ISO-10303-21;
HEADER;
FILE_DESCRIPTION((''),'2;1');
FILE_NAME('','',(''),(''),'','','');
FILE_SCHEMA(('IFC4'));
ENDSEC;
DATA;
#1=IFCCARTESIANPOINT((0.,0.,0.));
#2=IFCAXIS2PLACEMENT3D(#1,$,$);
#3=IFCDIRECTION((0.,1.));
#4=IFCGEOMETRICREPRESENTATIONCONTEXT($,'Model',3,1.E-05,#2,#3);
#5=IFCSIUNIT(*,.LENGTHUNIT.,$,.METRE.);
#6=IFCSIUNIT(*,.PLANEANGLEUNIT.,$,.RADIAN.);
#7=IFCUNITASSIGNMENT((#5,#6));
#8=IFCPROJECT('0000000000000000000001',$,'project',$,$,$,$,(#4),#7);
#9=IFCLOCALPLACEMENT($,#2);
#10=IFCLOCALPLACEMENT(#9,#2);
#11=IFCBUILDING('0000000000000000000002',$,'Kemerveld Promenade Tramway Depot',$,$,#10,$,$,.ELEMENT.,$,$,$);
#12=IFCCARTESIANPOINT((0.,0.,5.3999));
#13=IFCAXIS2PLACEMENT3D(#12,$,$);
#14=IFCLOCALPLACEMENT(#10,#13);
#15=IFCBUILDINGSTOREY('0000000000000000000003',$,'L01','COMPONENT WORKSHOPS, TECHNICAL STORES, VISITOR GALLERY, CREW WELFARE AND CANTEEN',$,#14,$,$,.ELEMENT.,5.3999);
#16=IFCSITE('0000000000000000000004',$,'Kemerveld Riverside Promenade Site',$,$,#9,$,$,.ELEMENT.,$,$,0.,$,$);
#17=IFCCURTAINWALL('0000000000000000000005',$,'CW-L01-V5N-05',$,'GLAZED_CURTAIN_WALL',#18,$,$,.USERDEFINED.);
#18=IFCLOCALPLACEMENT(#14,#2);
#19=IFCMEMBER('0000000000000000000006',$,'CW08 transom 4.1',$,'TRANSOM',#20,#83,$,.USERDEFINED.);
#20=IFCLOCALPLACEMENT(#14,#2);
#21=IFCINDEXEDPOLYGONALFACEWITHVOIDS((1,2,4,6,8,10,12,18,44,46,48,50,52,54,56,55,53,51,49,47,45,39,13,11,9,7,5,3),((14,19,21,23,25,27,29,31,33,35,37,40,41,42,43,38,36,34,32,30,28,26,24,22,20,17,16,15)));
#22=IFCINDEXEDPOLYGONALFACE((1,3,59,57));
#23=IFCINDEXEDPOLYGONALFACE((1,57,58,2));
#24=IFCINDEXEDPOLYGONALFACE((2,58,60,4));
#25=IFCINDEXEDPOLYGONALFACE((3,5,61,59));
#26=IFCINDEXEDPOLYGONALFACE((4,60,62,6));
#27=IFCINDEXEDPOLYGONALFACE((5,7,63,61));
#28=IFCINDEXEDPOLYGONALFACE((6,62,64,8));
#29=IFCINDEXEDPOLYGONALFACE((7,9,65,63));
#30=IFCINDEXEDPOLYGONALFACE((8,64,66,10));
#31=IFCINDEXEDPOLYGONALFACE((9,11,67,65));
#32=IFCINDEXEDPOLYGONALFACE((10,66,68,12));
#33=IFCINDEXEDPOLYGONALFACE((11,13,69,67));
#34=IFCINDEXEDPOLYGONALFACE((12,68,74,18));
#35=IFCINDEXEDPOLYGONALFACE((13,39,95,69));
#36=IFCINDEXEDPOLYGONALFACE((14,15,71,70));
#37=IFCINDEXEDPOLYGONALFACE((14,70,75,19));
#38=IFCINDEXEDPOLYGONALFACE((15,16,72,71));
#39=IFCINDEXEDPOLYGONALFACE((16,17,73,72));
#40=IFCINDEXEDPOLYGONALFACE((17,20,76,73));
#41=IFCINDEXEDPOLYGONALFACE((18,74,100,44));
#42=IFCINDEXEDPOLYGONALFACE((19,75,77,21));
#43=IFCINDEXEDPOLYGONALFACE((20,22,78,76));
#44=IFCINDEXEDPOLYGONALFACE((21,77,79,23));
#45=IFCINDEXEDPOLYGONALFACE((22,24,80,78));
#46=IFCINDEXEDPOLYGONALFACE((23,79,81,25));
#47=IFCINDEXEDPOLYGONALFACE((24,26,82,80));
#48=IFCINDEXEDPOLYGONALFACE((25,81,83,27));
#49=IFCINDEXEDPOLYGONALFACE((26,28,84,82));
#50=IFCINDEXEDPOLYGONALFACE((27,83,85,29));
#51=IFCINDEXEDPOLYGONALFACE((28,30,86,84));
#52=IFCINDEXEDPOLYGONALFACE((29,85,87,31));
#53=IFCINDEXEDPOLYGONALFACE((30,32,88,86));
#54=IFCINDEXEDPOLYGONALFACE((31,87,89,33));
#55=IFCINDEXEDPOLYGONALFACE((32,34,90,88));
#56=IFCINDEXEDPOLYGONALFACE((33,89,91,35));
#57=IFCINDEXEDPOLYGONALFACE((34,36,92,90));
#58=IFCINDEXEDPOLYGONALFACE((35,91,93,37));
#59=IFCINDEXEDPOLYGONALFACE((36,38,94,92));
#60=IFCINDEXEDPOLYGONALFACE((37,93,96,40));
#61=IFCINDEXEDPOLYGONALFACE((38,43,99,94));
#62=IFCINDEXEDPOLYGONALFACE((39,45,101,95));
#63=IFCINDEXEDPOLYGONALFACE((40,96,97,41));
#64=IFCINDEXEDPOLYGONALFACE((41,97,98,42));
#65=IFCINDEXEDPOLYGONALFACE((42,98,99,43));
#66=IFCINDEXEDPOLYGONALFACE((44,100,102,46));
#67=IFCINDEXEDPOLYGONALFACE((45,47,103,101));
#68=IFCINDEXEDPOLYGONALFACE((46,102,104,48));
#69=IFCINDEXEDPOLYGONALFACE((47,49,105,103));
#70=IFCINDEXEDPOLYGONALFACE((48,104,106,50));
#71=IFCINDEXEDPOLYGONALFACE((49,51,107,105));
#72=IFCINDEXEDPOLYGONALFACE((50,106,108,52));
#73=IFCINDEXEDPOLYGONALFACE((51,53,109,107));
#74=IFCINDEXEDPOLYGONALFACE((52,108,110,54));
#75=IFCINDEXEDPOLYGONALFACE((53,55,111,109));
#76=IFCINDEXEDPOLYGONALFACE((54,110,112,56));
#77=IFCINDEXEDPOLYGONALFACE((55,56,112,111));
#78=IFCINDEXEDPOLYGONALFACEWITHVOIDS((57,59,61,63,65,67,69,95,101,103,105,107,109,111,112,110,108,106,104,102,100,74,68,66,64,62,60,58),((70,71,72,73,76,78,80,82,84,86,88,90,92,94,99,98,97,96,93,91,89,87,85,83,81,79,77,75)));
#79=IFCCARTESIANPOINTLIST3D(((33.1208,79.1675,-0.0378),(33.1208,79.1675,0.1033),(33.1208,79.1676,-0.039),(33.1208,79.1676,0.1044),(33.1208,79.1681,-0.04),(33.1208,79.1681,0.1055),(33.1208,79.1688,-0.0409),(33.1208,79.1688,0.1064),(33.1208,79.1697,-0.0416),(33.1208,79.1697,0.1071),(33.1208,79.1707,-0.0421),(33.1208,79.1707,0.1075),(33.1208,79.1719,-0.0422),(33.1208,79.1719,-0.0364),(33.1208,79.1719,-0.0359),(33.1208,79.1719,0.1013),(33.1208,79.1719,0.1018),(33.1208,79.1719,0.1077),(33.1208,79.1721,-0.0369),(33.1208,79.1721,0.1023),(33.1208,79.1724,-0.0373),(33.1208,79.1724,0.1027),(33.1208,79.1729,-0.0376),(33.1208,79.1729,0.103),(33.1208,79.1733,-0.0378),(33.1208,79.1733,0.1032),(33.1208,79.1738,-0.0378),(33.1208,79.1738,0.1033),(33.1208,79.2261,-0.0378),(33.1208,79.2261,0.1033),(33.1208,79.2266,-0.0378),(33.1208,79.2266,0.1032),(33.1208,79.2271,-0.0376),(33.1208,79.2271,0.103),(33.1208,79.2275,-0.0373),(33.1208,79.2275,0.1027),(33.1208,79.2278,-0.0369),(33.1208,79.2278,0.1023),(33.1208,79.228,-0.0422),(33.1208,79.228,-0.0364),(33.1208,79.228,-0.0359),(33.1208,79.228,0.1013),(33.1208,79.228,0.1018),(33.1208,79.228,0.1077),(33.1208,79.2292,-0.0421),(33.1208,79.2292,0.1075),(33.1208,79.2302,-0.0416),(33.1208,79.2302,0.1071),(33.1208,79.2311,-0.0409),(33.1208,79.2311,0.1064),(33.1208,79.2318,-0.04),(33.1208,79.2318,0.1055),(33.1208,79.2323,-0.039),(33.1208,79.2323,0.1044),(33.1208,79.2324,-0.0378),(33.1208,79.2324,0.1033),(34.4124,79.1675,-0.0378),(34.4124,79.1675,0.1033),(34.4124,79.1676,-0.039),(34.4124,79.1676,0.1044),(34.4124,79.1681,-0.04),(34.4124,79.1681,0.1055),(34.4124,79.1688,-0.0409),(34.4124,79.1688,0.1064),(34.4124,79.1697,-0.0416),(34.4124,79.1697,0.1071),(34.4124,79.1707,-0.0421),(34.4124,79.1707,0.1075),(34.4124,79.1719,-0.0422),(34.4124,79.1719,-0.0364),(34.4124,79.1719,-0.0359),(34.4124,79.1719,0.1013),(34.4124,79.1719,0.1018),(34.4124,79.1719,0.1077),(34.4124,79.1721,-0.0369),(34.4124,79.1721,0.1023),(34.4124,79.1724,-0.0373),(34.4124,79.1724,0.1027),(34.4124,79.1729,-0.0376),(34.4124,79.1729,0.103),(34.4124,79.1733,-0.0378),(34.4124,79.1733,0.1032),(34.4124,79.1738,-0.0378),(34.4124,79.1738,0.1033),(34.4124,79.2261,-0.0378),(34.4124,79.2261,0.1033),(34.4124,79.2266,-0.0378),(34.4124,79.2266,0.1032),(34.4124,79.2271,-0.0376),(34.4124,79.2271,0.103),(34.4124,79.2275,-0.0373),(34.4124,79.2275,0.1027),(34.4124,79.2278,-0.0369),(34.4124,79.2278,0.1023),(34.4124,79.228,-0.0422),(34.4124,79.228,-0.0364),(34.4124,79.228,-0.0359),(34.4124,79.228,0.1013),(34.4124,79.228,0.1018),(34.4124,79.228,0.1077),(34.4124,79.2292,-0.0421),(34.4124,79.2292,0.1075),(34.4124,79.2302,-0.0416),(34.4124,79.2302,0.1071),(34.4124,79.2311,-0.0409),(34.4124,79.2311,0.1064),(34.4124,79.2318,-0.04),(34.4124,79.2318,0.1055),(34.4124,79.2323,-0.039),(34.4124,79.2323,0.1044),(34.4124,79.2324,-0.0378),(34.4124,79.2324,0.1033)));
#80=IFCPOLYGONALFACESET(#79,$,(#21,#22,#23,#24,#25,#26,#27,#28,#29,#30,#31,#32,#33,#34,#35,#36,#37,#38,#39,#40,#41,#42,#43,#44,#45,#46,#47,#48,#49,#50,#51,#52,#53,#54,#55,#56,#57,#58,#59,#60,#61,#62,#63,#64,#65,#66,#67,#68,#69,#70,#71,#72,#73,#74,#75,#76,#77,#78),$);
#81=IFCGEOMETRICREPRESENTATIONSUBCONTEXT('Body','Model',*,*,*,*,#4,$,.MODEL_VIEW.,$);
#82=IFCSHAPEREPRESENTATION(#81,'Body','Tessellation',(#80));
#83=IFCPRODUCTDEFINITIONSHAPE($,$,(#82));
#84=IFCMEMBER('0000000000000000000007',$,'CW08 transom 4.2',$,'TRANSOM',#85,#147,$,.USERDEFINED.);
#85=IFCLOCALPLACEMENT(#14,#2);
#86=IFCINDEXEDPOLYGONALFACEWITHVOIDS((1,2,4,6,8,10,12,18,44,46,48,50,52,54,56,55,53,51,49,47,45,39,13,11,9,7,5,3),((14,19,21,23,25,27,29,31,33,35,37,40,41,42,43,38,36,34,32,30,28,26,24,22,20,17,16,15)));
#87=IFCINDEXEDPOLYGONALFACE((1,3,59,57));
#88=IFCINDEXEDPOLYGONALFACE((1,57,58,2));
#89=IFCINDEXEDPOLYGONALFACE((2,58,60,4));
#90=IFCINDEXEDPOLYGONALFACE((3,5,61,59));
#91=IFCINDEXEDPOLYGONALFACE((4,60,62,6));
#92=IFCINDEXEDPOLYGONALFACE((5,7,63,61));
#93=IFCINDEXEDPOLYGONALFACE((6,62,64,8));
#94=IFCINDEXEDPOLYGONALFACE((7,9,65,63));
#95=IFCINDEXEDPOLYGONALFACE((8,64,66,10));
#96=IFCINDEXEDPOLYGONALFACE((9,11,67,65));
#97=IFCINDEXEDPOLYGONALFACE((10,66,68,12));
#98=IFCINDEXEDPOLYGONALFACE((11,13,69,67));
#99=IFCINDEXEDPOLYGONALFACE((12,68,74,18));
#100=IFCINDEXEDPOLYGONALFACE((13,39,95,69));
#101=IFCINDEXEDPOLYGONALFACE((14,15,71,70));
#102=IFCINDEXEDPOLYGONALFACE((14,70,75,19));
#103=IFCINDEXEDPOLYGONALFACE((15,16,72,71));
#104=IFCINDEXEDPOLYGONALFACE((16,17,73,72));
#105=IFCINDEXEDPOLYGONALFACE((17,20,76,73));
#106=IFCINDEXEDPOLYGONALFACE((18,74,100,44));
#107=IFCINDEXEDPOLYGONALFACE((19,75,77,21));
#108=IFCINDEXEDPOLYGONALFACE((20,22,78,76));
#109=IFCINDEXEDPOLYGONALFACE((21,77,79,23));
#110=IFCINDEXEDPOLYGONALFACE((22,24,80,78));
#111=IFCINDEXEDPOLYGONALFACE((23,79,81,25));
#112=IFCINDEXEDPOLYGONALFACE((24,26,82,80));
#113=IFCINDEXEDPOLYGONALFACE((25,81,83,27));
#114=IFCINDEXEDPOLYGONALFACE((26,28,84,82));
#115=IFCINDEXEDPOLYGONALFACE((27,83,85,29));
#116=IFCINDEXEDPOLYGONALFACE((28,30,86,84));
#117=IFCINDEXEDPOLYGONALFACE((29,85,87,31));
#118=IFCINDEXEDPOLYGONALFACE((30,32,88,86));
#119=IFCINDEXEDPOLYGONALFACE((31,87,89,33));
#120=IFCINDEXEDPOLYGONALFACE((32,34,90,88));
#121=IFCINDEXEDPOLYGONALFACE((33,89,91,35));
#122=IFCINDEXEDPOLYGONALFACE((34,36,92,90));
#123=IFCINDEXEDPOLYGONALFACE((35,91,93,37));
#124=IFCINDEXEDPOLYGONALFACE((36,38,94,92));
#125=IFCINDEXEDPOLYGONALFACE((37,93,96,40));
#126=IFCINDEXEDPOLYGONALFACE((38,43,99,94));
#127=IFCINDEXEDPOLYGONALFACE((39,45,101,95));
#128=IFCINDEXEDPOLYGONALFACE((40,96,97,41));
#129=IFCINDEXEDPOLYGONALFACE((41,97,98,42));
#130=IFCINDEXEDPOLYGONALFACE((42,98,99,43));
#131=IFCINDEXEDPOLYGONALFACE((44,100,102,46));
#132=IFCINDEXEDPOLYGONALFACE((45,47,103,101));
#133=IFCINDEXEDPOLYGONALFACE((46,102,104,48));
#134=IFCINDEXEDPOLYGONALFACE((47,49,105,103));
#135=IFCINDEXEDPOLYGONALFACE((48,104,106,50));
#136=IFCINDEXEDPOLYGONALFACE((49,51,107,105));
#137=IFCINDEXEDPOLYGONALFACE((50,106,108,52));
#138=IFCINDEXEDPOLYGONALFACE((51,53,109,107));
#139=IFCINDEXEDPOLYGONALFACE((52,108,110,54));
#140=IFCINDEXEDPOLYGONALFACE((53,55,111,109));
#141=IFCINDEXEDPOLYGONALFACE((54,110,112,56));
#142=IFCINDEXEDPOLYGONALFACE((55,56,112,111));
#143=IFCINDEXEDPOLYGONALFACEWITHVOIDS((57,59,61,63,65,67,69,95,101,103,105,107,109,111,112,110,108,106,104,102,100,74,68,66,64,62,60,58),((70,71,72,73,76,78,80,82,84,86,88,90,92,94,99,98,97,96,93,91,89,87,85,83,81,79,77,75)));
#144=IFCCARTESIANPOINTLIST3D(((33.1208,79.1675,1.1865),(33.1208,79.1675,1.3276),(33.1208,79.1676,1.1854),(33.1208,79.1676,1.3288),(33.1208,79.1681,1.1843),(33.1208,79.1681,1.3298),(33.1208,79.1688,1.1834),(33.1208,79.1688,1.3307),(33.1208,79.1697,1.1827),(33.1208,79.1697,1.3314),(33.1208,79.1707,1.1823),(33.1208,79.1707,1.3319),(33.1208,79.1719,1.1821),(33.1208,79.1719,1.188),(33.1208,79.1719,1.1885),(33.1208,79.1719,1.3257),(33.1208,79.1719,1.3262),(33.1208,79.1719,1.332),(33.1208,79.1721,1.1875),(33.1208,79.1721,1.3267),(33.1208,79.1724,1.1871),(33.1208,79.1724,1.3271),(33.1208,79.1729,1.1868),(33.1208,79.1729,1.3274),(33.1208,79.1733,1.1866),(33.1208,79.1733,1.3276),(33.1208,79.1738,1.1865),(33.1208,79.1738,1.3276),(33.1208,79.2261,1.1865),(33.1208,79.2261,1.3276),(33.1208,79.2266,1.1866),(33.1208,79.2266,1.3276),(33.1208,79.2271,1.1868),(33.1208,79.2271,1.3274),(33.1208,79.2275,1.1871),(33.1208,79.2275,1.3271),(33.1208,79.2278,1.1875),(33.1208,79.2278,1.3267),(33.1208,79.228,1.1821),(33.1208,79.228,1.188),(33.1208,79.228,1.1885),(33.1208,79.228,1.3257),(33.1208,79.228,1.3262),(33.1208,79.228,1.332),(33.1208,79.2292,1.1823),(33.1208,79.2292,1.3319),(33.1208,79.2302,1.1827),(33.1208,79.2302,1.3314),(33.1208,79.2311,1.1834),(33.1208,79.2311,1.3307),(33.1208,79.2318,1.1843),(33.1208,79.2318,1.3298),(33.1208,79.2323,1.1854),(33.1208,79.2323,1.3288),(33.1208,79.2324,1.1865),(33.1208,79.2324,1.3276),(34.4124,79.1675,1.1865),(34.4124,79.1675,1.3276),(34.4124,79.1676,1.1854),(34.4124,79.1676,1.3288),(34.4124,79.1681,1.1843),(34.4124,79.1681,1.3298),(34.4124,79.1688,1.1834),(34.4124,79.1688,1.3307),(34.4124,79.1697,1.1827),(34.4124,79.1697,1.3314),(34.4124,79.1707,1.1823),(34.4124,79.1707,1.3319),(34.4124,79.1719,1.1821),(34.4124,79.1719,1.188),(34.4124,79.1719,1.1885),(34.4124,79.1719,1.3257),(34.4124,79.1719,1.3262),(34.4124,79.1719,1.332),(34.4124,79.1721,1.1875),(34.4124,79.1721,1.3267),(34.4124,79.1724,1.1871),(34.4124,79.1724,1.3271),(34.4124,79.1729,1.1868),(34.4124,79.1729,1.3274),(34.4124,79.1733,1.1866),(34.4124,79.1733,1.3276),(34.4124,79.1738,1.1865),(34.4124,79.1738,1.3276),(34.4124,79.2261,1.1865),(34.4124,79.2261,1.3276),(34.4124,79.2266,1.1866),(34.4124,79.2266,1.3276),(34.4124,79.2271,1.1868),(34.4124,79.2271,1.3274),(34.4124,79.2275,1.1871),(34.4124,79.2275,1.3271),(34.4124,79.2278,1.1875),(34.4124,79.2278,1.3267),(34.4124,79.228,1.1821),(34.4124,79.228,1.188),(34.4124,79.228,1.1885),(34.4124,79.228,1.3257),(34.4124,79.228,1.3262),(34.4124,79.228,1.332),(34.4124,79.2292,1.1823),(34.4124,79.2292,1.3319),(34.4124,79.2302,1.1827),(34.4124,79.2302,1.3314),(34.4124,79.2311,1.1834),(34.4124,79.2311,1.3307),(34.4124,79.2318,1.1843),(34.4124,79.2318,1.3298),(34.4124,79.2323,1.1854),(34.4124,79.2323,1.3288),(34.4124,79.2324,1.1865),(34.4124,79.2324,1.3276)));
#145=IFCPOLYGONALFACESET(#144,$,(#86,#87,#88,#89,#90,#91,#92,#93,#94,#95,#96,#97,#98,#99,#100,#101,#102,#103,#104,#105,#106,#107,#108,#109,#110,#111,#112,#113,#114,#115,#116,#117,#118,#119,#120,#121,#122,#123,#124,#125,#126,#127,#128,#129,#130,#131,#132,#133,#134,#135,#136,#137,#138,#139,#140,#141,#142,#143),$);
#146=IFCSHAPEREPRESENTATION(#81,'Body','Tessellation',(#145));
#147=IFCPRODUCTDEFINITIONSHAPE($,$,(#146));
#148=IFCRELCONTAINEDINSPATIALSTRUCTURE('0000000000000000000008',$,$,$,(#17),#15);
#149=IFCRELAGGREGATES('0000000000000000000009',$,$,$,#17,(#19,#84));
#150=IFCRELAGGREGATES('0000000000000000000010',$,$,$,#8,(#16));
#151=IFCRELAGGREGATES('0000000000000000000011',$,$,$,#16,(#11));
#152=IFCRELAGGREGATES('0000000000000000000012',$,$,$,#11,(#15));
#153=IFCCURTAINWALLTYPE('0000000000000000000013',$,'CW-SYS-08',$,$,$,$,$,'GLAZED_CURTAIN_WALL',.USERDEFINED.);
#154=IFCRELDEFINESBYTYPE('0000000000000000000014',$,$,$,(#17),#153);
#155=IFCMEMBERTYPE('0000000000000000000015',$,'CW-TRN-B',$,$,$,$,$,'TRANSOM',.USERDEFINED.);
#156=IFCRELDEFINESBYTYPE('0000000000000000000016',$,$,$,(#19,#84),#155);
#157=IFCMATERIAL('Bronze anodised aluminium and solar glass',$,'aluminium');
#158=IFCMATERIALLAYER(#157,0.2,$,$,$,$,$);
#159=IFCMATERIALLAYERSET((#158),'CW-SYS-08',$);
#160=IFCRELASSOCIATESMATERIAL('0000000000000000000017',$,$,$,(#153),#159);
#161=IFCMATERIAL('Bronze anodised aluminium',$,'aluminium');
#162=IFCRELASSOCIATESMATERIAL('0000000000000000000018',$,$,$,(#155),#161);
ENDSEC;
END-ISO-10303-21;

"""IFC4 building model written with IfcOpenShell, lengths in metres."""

from ifc_helpers import new_model, si_unit, direction, frame, origin, origin_2d, place, context, subcontext, project, spatial, hollow_rectangle, extrude, material, layer, layer_set, material_profile, profile_set, type_object, element, aggregate, save


model = new_model("IFC4")

# Units and contexts
model_context = context("Model", 3, precision=1e-05, world=origin(), true_north=direction((0.0, 1.0)))
body_context = subcontext(model_context, "Body", "Model", "MODEL_VIEW")
ifc_project = project(units=[si_unit("LENGTHUNIT", "METRE"), si_unit("PLANEANGLEUNIT", "RADIAN")], contexts=[model_context])

# Site, building, storey
site_placement = place(None, origin())
site = spatial("IfcSite", under=ifc_project, at=site_placement, Name="Kemerveld Riverside Promenade Site", CompositionType="ELEMENT", RefElevation=0.0)
building_placement = place(site_placement, origin())
building = spatial("IfcBuilding", under=site, at=building_placement, Name="Kemerveld Promenade Tramway Depot", CompositionType="ELEMENT")
storey_placement = place(building_placement, frame((0.0, 0.0, 5.3999)))
storey = spatial("IfcBuildingStorey", under=building, at=storey_placement, Name="L01", Description="COMPONENT WORKSHOPS, TECHNICAL STORES, VISITOR GALLERY, CREW WELFARE AND CANTEEN", CompositionType="ELEMENT", Elevation=5.3999)

# Curtain wall, members
ifc_material_1 = material(Name="Bronze anodised aluminium and solar glass", Category="aluminium")
ifc_layer_1 = layer(ifc_material_1, 0.2)
ifc_layer_set_1 = layer_set([ifc_layer_1], Name="CW-SYS-08")
curtain_wall_type = type_object("IfcCurtainWallType", Name="CW-SYS-08", ElementType="GLAZED_CURTAIN_WALL", PredefinedType="USERDEFINED", material=ifc_layer_set_1)
curtain_wall_placement = place(storey_placement, origin())
curtain_wall = element("IfcCurtainWall", 1, at=curtain_wall_placement, inside=storey, type_object=curtain_wall_type, Name="CW-L01-V5N-05", ObjectType="GLAZED_CURTAIN_WALL", PredefinedType="USERDEFINED")
ifc_material_2 = material(Name="Bronze anodised aluminium", Category="aluminium")
ifc_material_profile_1 = material_profile(ifc_material_2, hollow_rectangle(XDim=0.0649, YDim=0.1499, WallThickness=0.0044, InnerFilletRadius=0.002, OuterFilletRadius=0.0044, at=origin_2d()), Name="CW-TRN-150x65")
ifc_profile_set_1 = profile_set([ifc_material_profile_1], Name="Bronze anodised aluminium")
member_type_1 = type_object("IfcMemberType", Name="CW-TRN-B", ElementType="TRANSOM", PredefinedType="USERDEFINED", material=ifc_profile_set_1)
member_1_placement = place(storey_placement, frame((33.1208, 79.2, 0.0327), z_axis=(1.0, 0.0, 0.0), x_axis=(0.0, 1.0, 0.0)))
member_1 = element("IfcMember", 2, at=member_1_placement, type_object=member_type_1, Name="CW08 transom 4.1", ObjectType="TRANSOM", PredefinedType="USERDEFINED", context=body_context, shape_type="SweptSolid", body=[
    extrude(hollow_rectangle(XDim=0.0649, YDim=0.1499, WallThickness=0.0044, InnerFilletRadius=0.002, OuterFilletRadius=0.0044, at=origin_2d()), origin(), (0.0, 0.0, 1.0), 1.2915),
])
member_2_placement = place(storey_placement, frame((33.1208, 79.2, 1.2571), z_axis=(1.0, 0.0, 0.0), x_axis=(0.0, 1.0, 0.0)))
member_2 = element("IfcMember", 3, at=member_2_placement, type_object=member_type_1, Name="CW08 transom 4.2", ObjectType="TRANSOM", PredefinedType="USERDEFINED", context=body_context, shape_type="SweptSolid", body=[
    extrude(hollow_rectangle(XDim=0.0649, YDim=0.1499, WallThickness=0.0044, InnerFilletRadius=0.002, OuterFilletRadius=0.0044, at=origin_2d()), origin(), (0.0, 0.0, 1.0), 1.2915),
])
aggregate(curtain_wall, [member_1, member_2])

save(model, "model.ifc")
